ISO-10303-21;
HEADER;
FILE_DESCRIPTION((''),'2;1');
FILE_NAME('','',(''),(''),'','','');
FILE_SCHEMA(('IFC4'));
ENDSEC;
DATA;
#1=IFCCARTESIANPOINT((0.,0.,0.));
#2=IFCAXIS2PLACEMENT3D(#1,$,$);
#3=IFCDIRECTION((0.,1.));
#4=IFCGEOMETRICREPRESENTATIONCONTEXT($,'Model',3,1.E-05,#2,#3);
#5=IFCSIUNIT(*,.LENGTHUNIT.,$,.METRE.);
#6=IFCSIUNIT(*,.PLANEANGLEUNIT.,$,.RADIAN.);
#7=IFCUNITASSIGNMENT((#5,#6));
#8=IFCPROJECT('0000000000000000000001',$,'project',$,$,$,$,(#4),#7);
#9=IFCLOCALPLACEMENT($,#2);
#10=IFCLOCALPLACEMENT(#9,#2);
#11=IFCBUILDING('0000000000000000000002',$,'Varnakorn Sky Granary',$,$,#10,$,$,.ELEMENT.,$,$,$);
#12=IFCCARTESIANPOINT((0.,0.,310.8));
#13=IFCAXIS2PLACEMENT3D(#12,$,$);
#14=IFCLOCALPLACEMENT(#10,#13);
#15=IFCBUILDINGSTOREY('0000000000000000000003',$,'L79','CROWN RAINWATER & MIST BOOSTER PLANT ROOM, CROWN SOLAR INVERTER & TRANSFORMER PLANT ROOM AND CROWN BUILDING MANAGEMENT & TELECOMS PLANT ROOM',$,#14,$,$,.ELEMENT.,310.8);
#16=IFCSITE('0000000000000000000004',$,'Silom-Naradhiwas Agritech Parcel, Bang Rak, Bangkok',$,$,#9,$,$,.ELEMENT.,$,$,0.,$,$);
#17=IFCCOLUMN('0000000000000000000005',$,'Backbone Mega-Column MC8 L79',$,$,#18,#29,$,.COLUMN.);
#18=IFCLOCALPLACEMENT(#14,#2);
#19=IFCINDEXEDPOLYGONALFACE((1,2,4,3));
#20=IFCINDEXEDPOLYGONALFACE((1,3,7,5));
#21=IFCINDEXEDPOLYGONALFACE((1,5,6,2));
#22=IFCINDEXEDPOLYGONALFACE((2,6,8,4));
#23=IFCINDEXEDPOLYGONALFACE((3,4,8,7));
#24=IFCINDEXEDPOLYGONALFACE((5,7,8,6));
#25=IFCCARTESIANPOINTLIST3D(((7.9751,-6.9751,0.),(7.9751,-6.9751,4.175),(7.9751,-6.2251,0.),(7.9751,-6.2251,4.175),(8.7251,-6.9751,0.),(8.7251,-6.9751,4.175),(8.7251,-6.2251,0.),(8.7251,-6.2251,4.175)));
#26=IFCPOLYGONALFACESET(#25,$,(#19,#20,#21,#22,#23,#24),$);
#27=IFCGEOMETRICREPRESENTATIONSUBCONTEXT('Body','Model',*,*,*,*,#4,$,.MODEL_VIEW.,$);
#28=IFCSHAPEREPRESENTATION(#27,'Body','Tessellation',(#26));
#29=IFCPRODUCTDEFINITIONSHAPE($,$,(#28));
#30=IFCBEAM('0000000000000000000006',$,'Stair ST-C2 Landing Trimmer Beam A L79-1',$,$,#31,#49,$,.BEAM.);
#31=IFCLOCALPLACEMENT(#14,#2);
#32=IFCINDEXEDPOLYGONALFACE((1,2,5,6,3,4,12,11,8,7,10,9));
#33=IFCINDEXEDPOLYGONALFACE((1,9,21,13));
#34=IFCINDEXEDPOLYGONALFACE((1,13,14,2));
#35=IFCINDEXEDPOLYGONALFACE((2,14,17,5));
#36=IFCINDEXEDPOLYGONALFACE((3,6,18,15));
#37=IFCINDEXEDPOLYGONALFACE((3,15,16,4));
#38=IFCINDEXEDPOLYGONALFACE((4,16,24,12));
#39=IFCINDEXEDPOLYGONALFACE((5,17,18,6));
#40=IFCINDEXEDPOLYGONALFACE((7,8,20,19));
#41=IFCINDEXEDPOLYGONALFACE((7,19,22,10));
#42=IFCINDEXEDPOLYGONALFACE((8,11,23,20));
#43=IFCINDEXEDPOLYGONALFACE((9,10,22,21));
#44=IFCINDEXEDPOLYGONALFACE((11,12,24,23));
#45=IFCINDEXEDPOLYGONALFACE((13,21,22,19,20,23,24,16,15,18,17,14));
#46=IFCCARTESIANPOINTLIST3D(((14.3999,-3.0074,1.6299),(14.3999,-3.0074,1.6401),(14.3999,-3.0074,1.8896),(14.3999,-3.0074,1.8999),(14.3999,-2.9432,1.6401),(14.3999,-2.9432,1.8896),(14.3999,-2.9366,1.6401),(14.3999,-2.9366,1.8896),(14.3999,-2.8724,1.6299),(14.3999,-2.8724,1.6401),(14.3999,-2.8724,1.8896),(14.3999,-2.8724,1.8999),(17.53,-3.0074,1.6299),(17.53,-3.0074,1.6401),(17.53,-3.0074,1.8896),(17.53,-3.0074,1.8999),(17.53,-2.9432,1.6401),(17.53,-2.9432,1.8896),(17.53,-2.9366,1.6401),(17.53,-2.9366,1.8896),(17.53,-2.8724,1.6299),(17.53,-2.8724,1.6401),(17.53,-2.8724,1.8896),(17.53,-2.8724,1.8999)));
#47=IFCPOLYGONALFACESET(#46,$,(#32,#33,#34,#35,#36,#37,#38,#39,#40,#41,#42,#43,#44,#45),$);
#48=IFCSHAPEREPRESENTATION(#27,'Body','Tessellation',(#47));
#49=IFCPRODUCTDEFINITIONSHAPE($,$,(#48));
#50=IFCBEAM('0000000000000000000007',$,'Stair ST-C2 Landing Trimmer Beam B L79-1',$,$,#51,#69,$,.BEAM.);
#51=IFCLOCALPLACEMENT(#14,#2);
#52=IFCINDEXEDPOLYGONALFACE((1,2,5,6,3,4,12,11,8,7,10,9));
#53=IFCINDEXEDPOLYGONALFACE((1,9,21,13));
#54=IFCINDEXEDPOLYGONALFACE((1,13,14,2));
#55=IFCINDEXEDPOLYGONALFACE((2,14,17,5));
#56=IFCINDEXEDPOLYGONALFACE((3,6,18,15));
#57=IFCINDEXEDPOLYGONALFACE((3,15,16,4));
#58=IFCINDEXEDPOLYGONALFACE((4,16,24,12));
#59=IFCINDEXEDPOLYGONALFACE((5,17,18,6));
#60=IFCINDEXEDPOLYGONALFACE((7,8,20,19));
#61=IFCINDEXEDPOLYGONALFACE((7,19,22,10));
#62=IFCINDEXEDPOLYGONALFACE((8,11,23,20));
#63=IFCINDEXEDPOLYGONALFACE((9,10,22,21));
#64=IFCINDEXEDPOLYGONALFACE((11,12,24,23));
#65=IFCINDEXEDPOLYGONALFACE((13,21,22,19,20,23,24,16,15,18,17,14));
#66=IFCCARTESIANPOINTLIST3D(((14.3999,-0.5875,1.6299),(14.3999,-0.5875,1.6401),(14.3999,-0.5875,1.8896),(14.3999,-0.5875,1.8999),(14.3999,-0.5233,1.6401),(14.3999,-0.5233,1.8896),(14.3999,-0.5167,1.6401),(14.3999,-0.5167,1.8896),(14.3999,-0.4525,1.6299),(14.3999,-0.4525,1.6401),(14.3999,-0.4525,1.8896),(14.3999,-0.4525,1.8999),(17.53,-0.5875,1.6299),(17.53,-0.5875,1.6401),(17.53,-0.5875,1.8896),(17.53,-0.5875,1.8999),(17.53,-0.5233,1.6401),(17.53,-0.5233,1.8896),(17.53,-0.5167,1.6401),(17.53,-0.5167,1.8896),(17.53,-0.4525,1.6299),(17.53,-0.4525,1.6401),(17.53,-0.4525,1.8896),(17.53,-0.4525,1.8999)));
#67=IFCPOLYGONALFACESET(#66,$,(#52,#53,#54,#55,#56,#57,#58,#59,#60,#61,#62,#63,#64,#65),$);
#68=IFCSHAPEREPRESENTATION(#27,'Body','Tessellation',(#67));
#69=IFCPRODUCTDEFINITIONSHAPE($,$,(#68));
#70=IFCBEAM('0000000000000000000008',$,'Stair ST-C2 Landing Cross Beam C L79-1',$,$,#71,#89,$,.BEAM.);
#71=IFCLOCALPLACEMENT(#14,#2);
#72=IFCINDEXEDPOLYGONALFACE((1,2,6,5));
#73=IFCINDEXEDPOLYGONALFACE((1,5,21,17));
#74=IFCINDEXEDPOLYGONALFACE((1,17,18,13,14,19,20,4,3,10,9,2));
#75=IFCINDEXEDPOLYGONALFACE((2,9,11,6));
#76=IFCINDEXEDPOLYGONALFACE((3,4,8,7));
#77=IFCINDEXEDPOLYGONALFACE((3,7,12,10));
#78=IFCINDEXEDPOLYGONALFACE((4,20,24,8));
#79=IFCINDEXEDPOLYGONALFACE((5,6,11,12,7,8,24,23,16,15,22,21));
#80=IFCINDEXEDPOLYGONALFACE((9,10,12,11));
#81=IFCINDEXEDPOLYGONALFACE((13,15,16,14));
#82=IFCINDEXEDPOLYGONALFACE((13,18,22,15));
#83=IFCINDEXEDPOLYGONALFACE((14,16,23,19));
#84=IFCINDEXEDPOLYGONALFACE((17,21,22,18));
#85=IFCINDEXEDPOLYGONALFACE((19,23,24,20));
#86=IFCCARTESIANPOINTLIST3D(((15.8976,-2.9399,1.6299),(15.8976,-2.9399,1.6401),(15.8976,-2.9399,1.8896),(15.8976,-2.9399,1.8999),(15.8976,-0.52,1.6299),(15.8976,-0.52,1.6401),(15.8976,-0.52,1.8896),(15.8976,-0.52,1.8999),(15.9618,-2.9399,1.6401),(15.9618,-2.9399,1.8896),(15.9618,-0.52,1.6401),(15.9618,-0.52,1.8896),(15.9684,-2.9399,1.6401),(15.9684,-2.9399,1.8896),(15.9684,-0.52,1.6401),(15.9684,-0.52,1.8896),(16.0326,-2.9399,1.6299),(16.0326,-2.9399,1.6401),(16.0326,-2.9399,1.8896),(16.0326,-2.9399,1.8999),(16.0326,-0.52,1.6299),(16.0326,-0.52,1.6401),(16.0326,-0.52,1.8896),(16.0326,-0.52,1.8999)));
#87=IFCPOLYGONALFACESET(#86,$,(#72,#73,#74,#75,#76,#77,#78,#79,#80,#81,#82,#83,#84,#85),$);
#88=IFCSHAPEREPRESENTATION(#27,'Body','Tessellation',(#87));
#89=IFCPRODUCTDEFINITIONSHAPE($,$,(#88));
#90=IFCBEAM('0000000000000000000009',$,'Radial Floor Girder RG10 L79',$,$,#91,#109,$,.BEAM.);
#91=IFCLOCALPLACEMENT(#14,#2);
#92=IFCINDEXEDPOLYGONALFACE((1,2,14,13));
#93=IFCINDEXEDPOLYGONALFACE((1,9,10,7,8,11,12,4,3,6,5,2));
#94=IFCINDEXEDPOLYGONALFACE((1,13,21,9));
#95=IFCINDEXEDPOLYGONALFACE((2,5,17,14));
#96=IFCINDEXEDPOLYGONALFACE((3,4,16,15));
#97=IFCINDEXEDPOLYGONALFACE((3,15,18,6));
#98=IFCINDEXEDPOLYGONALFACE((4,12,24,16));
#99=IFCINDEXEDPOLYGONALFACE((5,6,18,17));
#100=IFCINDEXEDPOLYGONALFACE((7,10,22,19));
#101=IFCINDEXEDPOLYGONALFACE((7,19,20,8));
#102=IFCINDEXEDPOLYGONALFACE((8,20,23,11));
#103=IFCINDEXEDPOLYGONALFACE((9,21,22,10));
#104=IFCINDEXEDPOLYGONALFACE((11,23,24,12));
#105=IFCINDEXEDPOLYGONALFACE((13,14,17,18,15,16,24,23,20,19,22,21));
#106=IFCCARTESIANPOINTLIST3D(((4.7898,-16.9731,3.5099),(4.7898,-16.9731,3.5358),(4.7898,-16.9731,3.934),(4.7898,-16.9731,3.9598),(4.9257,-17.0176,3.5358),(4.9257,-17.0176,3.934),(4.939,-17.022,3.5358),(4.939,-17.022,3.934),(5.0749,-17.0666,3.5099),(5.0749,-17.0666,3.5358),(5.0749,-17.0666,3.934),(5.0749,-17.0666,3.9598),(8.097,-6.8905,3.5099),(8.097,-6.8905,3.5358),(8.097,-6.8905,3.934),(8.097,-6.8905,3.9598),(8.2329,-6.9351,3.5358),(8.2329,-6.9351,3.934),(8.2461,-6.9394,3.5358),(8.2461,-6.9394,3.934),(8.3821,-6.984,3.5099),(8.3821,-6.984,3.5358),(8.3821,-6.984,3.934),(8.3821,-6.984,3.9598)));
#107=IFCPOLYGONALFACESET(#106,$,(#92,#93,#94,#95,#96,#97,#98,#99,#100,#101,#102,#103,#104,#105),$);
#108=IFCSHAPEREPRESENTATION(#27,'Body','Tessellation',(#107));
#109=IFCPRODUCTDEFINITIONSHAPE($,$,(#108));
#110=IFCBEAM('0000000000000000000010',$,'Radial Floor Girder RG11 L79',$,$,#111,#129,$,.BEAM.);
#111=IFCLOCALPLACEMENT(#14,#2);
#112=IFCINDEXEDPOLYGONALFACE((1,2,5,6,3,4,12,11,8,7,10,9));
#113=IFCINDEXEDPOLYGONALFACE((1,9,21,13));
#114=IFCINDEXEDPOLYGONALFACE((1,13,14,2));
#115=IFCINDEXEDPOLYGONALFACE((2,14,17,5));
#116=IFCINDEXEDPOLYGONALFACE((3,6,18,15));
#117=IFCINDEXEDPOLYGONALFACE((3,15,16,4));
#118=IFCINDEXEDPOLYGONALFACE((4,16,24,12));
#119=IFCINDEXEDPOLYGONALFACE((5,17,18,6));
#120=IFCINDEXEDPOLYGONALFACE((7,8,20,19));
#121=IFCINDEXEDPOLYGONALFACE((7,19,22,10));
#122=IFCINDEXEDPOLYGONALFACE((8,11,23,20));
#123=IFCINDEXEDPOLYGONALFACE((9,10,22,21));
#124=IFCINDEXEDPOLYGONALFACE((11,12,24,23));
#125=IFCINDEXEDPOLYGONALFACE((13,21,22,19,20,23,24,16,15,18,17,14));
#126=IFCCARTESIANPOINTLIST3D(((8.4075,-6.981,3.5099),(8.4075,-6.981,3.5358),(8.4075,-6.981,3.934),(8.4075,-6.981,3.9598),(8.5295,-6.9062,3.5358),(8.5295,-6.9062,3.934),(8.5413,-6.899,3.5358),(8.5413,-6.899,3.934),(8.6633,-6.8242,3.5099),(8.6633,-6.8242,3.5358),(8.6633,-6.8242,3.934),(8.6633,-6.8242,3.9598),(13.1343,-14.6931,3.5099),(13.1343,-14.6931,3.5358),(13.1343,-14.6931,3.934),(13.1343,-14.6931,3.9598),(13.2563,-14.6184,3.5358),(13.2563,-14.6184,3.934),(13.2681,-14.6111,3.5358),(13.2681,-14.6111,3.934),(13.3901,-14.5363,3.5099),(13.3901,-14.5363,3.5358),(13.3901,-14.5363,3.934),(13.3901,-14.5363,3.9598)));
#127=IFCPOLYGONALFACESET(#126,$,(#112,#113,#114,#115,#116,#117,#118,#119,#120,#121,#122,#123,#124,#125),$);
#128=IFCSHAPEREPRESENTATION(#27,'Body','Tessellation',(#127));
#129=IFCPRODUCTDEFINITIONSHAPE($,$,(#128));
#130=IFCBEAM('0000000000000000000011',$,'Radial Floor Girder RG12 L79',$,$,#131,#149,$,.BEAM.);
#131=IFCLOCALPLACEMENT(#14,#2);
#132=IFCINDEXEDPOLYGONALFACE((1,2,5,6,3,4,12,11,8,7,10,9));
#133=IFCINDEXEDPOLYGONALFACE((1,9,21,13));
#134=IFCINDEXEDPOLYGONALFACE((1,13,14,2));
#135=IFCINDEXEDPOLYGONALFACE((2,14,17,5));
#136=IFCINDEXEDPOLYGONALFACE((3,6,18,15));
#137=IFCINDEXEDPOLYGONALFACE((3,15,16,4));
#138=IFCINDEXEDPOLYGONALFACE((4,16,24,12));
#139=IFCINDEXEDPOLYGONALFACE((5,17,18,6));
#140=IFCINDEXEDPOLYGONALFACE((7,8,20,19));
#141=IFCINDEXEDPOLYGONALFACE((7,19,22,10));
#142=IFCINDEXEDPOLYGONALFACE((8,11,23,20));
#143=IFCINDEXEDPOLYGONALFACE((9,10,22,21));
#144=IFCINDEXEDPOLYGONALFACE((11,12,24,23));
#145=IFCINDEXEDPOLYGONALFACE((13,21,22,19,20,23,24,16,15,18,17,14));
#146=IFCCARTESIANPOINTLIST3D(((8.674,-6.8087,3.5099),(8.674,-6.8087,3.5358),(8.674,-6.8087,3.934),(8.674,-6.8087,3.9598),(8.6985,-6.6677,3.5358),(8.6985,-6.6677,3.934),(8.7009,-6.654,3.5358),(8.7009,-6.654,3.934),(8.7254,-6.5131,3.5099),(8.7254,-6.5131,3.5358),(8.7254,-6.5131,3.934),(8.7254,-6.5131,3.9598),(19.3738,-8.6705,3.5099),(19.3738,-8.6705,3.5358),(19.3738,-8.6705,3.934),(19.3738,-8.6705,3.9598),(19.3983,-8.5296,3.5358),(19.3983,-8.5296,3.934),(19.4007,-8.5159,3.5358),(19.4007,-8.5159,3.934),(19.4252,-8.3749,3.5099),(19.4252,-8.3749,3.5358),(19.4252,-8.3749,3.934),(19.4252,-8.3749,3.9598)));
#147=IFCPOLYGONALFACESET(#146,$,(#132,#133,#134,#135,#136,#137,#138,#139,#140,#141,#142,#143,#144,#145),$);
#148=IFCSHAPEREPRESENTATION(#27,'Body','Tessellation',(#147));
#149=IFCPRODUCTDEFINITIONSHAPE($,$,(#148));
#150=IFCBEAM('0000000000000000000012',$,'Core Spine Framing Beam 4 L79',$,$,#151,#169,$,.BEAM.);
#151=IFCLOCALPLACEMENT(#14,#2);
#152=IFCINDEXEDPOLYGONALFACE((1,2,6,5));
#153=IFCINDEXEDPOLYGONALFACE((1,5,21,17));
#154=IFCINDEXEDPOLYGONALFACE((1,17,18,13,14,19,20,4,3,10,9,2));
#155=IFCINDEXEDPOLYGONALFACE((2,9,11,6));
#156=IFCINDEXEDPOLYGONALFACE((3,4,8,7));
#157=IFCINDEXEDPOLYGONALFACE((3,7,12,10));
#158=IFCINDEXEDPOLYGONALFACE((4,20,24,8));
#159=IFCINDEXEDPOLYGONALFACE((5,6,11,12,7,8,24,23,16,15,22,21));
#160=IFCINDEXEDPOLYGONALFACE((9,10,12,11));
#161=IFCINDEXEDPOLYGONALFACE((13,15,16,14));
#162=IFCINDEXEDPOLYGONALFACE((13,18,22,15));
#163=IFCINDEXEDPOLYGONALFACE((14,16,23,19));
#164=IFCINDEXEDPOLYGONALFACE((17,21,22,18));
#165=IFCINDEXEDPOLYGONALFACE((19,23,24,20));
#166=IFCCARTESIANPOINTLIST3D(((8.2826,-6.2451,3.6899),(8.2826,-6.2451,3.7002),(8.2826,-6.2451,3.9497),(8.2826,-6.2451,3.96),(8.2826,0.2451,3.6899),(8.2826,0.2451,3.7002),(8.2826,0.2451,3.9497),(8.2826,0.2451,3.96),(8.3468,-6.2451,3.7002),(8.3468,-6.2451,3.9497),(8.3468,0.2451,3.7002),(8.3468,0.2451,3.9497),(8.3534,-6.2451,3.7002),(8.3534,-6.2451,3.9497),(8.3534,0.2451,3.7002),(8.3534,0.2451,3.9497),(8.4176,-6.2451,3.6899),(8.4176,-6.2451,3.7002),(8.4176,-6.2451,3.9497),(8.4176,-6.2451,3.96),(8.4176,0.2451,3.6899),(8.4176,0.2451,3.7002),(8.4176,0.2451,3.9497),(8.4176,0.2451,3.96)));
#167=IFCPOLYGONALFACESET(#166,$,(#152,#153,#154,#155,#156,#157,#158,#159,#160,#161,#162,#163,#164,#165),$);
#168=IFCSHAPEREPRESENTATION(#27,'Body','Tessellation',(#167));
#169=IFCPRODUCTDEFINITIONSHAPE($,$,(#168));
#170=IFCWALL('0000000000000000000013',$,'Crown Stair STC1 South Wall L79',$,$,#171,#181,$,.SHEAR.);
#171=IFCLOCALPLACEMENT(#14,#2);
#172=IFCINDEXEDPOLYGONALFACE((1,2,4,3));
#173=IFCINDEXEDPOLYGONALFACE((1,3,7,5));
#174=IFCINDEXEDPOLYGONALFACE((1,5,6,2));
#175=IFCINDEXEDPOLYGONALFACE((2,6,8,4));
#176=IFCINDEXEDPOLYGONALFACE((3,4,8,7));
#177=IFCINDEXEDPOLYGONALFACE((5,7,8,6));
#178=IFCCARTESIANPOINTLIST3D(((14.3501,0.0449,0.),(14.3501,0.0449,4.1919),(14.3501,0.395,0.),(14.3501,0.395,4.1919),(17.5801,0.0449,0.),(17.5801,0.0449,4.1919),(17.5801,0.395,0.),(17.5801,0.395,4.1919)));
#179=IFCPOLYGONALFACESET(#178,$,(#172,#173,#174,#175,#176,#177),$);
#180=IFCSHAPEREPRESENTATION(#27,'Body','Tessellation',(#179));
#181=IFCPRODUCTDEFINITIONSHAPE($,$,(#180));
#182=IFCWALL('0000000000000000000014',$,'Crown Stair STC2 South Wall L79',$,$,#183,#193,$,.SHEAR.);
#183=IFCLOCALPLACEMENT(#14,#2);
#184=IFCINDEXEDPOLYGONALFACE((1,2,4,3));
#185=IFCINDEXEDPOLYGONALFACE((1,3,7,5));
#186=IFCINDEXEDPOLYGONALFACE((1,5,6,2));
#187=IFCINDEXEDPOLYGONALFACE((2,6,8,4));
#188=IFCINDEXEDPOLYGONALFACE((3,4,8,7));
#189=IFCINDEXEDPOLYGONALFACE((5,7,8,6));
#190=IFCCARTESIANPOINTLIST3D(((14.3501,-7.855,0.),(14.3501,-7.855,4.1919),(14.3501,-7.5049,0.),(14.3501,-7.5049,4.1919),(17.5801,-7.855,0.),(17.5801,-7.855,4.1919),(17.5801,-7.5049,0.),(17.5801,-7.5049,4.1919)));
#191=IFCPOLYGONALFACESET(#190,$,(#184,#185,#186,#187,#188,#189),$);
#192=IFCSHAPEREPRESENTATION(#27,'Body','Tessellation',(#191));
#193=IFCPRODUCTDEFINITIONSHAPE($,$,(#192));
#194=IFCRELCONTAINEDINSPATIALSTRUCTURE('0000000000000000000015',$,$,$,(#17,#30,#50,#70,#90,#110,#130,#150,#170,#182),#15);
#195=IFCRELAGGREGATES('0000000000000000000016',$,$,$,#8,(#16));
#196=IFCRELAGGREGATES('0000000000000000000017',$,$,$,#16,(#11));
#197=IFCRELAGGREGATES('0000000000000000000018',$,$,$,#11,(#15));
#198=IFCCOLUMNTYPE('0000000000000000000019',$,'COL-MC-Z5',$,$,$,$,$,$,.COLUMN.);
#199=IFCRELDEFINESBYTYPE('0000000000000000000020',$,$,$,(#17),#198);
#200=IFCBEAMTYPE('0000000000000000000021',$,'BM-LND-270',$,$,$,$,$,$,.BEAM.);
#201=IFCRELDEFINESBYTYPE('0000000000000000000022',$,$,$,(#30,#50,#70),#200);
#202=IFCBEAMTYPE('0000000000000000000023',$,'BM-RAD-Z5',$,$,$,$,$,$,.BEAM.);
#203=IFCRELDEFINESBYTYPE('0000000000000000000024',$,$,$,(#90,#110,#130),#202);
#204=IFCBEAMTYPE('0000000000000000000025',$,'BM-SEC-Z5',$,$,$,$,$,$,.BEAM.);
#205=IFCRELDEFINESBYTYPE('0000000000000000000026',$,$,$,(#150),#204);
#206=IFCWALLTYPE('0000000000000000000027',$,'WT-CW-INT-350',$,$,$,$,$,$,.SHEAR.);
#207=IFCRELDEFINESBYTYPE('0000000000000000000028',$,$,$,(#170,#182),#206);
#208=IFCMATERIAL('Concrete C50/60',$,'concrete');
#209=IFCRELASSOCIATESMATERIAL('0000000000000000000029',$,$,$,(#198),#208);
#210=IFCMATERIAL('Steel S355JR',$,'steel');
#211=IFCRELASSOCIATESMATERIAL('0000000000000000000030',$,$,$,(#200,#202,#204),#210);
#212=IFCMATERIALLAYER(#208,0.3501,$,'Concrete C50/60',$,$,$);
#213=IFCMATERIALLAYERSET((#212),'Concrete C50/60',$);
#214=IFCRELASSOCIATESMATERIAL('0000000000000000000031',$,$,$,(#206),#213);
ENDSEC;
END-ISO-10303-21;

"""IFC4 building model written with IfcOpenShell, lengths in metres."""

from ifc_helpers import new_model, si_unit, direction, frame, frame_2d, origin, origin_2d, place, context, subcontext, project, spatial, rectangle, i_section, extrude, material, layer, layer_set, material_profile, profile_set, type_object, element, save


model = new_model("IFC4")

# Units and contexts
model_context = context("Model", 3, precision=1e-05, world=origin(), true_north=direction((0.0, 1.0)))
body_context = subcontext(model_context, "Body", "Model", "MODEL_VIEW")
ifc_project = project(units=[si_unit("LENGTHUNIT", "METRE"), si_unit("PLANEANGLEUNIT", "RADIAN")], contexts=[model_context])

# Site, building, storey
site_placement = place(None, origin())
site = spatial("IfcSite", under=ifc_project, at=site_placement, Name="Silom-Naradhiwas Agritech Parcel, Bang Rak, Bangkok", CompositionType="ELEMENT", RefElevation=0.0)
building_placement = place(site_placement, origin())
building = spatial("IfcBuilding", under=site, at=building_placement, Name="Varnakorn Sky Granary", CompositionType="ELEMENT")
storey_placement = place(building_placement, frame((0.0, 0.0, 310.8)))
storey = spatial("IfcBuildingStorey", under=building, at=storey_placement, Name="L79", Description="CROWN RAINWATER & MIST BOOSTER PLANT ROOM, CROWN SOLAR INVERTER & TRANSFORMER PLANT ROOM AND CROWN BUILDING MANAGEMENT & TELECOMS PLANT ROOM", CompositionType="ELEMENT", Elevation=310.8)

# Column
ifc_material_1 = material(Name="Concrete C50/60", Category="concrete")
ifc_material_profile_1 = material_profile(ifc_material_1, rectangle(XDim=0.75, YDim=0.75, at=origin_2d()), Name="RC 750x750")
ifc_profile_set_1 = profile_set([ifc_material_profile_1], Name="Concrete C50/60")
column_type = type_object("IfcColumnType", Name="COL-MC-Z5", PredefinedType="COLUMN", material=ifc_profile_set_1)
column_placement = place(storey_placement, frame((8.3501, -6.6001, 0.0), z_axis=(0.0, 0.0, 1.0), x_axis=(1.0, 0.0, 0.0)))
element("IfcColumn", 1, at=column_placement, inside=storey, type_object=column_type, Name="Backbone Mega-Column MC8 L79", PredefinedType="COLUMN", context=body_context, shape_type="SweptSolid", body=[
    extrude(rectangle(XDim=0.75, YDim=0.75, at=origin_2d()), origin(), (0.0, 0.0, 1.0), 4.175),
])

# Beams
ifc_material_2 = material(Name="Steel S355JR", Category="steel")
ifc_material_profile_2 = material_profile(ifc_material_2, i_section(OverallWidth=0.135, OverallDepth=0.27, WebThickness=0.0066, FlangeThickness=0.0103, at=origin_2d()), Name="IPE 270")
ifc_profile_set_2 = profile_set([ifc_material_profile_2], Name="Steel S355JR")
beam_type_1 = type_object("IfcBeamType", Name="BM-LND-270", PredefinedType="BEAM", material=ifc_profile_set_2)
for number, where, z_axis, x_axis, name in (
    (2, (14.3999, -2.9399, 1.7649), (1.0, 0.0, 0.0), (0.0, 1.0, 0.0), "Stair ST-C2 Landing Trimmer Beam A L79-1"),
    (3, (14.3999, -0.52, 1.7649), (1.0, 0.0, 0.0), (0.0, 1.0, 0.0), "Stair ST-C2 Landing Trimmer Beam B L79-1"),
):
    element("IfcBeam", number, at=place(storey_placement, frame(where, z_axis=z_axis, x_axis=x_axis)), inside=storey, type_object=beam_type_1, Name=name, PredefinedType="BEAM", context=body_context, shape_type="SweptSolid", body=[
        extrude(i_section(OverallWidth=0.135, OverallDepth=0.27, WebThickness=0.0066, FlangeThickness=0.0103, at=origin_2d()), origin(), (0.0, 0.0, 1.0), 3.1301),
    ])
beam_1_placement = place(storey_placement, frame((15.9651, -2.9399, 1.7649), z_axis=(0.0, 1.0, 0.0), x_axis=(-1.0, 0.0, 0.0)))
element("IfcBeam", 4, at=beam_1_placement, inside=storey, type_object=beam_type_1, Name="Stair ST-C2 Landing Cross Beam C L79-1", PredefinedType="BEAM", context=body_context, shape_type="SweptSolid", body=[
    extrude(i_section(OverallWidth=0.135, OverallDepth=0.27, WebThickness=0.0066, FlangeThickness=0.0103, at=origin_2d()), origin(), (0.0, 0.0, 1.0), 2.4199),
])
ifc_material_profile_3 = material_profile(ifc_material_2, i_section(OverallWidth=0.3, OverallDepth=0.45, WebThickness=0.0139, FlangeThickness=0.0259, at=origin_2d()), Name="HE 450 B")
ifc_profile_set_3 = profile_set([ifc_material_profile_3], Name="Steel S355JR")
beam_type_2 = type_object("IfcBeamType", Name="BM-RAD-Z5", PredefinedType="BEAM", material=ifc_profile_set_3)
beam_2_placement = place(storey_placement, frame((8.2395, -6.9373, 3.7349), z_axis=(-0.311669, -0.950191, 0.0), x_axis=(0.950191, -0.311669, 0.0)))
element("IfcBeam", 5, at=beam_2_placement, inside=storey, type_object=beam_type_2, Name="Radial Floor Girder RG10 L79", PredefinedType="BEAM", context=body_context, shape_type="SweptSolid", body=[
    extrude(i_section(OverallWidth=0.3, OverallDepth=0.45, WebThickness=0.0139, FlangeThickness=0.0259, at=origin_2d()), origin(), (0.0, 0.0, 1.0), 10.6111),
])
beam_3_placement = place(storey_placement, frame((8.5354, -6.9026, 3.7349), z_axis=(0.522562, -0.852601, 0.0), x_axis=(0.852601, 0.522562, 0.0)))
element("IfcBeam", 6, at=beam_3_placement, inside=storey, type_object=beam_type_2, Name="Radial Floor Girder RG11 L79", PredefinedType="BEAM", context=body_context, shape_type="SweptSolid", body=[
    extrude(i_section(OverallWidth=0.3, OverallDepth=0.45, WebThickness=0.0139, FlangeThickness=0.0259, at=origin_2d()), origin(), (0.0, 0.0, 1.0), 9.0454),
])
beam_4_placement = place(storey_placement, frame((8.6997, -6.6609, 3.7349), z_axis=(0.985196, -0.17143, 0.0), x_axis=(0.17143, 0.985196, 0.0)))
element("IfcBeam", 7, at=beam_4_placement, inside=storey, type_object=beam_type_2, Name="Radial Floor Girder RG12 L79", PredefinedType="BEAM", context=body_context, shape_type="SweptSolid", body=[
    extrude(i_section(OverallWidth=0.3, OverallDepth=0.45, WebThickness=0.0139, FlangeThickness=0.0259, at=origin_2d()), origin(), (0.0, 0.0, 1.0), 10.8606),
])
ifc_material_profile_4 = material_profile(ifc_material_2, i_section(OverallWidth=0.135, OverallDepth=0.27, WebThickness=0.0066, FlangeThickness=0.0103, at=origin_2d()), Name="IPE 270")
ifc_profile_set_4 = profile_set([ifc_material_profile_4], Name="Steel S355JR")
beam_type_3 = type_object("IfcBeamType", Name="BM-SEC-Z5", PredefinedType="BEAM", material=ifc_profile_set_4)
beam_5_placement = place(storey_placement, frame((8.3501, 0.2451, 3.825), z_axis=(0.0, -1.0, 0.0), x_axis=(1.0, 0.0, 0.0)))
element("IfcBeam", 8, at=beam_5_placement, inside=storey, type_object=beam_type_3, Name="Core Spine Framing Beam 4 L79", PredefinedType="BEAM", context=body_context, shape_type="SweptSolid", body=[
    extrude(i_section(OverallWidth=0.135, OverallDepth=0.27, WebThickness=0.0066, FlangeThickness=0.0103, at=origin_2d()), origin(), (0.0, 0.0, 1.0), 6.4902),
])

# Walls
ifc_layer_1 = layer(ifc_material_1, 0.3501, Name="Concrete C50/60")
ifc_layer_set_1 = layer_set([ifc_layer_1], Name="Concrete C50/60")
wall_type_1 = type_object("IfcWallType", Name="WT-CW-INT-350", PredefinedType="SHEAR", material=ifc_layer_set_1)
for number, where, z_axis, x_axis, name in (
    (9, (14.3501, 0.22, 0.0), (0.0, 0.0, 1.0), (1.0, 0.0, 0.0), "Crown Stair STC1 South Wall L79"),
    (10, (14.3501, -7.6799, 0.0), (0.0, 0.0, 1.0), (1.0, 0.0, 0.0), "Crown Stair STC2 South Wall L79"),
):
    element("IfcWall", number, at=place(storey_placement, frame(where, z_axis=z_axis, x_axis=x_axis)), inside=storey, type_object=wall_type_1, Name=name, PredefinedType="SHEAR", context=body_context, shape_type="SweptSolid", body=[
        extrude(rectangle(XDim=3.23, YDim=0.3501, at=frame_2d((1.615, 0.0))), origin(), (0.0, 0.0, 1.0), 4.1919),
    ])

save(model, "model.ifc")
